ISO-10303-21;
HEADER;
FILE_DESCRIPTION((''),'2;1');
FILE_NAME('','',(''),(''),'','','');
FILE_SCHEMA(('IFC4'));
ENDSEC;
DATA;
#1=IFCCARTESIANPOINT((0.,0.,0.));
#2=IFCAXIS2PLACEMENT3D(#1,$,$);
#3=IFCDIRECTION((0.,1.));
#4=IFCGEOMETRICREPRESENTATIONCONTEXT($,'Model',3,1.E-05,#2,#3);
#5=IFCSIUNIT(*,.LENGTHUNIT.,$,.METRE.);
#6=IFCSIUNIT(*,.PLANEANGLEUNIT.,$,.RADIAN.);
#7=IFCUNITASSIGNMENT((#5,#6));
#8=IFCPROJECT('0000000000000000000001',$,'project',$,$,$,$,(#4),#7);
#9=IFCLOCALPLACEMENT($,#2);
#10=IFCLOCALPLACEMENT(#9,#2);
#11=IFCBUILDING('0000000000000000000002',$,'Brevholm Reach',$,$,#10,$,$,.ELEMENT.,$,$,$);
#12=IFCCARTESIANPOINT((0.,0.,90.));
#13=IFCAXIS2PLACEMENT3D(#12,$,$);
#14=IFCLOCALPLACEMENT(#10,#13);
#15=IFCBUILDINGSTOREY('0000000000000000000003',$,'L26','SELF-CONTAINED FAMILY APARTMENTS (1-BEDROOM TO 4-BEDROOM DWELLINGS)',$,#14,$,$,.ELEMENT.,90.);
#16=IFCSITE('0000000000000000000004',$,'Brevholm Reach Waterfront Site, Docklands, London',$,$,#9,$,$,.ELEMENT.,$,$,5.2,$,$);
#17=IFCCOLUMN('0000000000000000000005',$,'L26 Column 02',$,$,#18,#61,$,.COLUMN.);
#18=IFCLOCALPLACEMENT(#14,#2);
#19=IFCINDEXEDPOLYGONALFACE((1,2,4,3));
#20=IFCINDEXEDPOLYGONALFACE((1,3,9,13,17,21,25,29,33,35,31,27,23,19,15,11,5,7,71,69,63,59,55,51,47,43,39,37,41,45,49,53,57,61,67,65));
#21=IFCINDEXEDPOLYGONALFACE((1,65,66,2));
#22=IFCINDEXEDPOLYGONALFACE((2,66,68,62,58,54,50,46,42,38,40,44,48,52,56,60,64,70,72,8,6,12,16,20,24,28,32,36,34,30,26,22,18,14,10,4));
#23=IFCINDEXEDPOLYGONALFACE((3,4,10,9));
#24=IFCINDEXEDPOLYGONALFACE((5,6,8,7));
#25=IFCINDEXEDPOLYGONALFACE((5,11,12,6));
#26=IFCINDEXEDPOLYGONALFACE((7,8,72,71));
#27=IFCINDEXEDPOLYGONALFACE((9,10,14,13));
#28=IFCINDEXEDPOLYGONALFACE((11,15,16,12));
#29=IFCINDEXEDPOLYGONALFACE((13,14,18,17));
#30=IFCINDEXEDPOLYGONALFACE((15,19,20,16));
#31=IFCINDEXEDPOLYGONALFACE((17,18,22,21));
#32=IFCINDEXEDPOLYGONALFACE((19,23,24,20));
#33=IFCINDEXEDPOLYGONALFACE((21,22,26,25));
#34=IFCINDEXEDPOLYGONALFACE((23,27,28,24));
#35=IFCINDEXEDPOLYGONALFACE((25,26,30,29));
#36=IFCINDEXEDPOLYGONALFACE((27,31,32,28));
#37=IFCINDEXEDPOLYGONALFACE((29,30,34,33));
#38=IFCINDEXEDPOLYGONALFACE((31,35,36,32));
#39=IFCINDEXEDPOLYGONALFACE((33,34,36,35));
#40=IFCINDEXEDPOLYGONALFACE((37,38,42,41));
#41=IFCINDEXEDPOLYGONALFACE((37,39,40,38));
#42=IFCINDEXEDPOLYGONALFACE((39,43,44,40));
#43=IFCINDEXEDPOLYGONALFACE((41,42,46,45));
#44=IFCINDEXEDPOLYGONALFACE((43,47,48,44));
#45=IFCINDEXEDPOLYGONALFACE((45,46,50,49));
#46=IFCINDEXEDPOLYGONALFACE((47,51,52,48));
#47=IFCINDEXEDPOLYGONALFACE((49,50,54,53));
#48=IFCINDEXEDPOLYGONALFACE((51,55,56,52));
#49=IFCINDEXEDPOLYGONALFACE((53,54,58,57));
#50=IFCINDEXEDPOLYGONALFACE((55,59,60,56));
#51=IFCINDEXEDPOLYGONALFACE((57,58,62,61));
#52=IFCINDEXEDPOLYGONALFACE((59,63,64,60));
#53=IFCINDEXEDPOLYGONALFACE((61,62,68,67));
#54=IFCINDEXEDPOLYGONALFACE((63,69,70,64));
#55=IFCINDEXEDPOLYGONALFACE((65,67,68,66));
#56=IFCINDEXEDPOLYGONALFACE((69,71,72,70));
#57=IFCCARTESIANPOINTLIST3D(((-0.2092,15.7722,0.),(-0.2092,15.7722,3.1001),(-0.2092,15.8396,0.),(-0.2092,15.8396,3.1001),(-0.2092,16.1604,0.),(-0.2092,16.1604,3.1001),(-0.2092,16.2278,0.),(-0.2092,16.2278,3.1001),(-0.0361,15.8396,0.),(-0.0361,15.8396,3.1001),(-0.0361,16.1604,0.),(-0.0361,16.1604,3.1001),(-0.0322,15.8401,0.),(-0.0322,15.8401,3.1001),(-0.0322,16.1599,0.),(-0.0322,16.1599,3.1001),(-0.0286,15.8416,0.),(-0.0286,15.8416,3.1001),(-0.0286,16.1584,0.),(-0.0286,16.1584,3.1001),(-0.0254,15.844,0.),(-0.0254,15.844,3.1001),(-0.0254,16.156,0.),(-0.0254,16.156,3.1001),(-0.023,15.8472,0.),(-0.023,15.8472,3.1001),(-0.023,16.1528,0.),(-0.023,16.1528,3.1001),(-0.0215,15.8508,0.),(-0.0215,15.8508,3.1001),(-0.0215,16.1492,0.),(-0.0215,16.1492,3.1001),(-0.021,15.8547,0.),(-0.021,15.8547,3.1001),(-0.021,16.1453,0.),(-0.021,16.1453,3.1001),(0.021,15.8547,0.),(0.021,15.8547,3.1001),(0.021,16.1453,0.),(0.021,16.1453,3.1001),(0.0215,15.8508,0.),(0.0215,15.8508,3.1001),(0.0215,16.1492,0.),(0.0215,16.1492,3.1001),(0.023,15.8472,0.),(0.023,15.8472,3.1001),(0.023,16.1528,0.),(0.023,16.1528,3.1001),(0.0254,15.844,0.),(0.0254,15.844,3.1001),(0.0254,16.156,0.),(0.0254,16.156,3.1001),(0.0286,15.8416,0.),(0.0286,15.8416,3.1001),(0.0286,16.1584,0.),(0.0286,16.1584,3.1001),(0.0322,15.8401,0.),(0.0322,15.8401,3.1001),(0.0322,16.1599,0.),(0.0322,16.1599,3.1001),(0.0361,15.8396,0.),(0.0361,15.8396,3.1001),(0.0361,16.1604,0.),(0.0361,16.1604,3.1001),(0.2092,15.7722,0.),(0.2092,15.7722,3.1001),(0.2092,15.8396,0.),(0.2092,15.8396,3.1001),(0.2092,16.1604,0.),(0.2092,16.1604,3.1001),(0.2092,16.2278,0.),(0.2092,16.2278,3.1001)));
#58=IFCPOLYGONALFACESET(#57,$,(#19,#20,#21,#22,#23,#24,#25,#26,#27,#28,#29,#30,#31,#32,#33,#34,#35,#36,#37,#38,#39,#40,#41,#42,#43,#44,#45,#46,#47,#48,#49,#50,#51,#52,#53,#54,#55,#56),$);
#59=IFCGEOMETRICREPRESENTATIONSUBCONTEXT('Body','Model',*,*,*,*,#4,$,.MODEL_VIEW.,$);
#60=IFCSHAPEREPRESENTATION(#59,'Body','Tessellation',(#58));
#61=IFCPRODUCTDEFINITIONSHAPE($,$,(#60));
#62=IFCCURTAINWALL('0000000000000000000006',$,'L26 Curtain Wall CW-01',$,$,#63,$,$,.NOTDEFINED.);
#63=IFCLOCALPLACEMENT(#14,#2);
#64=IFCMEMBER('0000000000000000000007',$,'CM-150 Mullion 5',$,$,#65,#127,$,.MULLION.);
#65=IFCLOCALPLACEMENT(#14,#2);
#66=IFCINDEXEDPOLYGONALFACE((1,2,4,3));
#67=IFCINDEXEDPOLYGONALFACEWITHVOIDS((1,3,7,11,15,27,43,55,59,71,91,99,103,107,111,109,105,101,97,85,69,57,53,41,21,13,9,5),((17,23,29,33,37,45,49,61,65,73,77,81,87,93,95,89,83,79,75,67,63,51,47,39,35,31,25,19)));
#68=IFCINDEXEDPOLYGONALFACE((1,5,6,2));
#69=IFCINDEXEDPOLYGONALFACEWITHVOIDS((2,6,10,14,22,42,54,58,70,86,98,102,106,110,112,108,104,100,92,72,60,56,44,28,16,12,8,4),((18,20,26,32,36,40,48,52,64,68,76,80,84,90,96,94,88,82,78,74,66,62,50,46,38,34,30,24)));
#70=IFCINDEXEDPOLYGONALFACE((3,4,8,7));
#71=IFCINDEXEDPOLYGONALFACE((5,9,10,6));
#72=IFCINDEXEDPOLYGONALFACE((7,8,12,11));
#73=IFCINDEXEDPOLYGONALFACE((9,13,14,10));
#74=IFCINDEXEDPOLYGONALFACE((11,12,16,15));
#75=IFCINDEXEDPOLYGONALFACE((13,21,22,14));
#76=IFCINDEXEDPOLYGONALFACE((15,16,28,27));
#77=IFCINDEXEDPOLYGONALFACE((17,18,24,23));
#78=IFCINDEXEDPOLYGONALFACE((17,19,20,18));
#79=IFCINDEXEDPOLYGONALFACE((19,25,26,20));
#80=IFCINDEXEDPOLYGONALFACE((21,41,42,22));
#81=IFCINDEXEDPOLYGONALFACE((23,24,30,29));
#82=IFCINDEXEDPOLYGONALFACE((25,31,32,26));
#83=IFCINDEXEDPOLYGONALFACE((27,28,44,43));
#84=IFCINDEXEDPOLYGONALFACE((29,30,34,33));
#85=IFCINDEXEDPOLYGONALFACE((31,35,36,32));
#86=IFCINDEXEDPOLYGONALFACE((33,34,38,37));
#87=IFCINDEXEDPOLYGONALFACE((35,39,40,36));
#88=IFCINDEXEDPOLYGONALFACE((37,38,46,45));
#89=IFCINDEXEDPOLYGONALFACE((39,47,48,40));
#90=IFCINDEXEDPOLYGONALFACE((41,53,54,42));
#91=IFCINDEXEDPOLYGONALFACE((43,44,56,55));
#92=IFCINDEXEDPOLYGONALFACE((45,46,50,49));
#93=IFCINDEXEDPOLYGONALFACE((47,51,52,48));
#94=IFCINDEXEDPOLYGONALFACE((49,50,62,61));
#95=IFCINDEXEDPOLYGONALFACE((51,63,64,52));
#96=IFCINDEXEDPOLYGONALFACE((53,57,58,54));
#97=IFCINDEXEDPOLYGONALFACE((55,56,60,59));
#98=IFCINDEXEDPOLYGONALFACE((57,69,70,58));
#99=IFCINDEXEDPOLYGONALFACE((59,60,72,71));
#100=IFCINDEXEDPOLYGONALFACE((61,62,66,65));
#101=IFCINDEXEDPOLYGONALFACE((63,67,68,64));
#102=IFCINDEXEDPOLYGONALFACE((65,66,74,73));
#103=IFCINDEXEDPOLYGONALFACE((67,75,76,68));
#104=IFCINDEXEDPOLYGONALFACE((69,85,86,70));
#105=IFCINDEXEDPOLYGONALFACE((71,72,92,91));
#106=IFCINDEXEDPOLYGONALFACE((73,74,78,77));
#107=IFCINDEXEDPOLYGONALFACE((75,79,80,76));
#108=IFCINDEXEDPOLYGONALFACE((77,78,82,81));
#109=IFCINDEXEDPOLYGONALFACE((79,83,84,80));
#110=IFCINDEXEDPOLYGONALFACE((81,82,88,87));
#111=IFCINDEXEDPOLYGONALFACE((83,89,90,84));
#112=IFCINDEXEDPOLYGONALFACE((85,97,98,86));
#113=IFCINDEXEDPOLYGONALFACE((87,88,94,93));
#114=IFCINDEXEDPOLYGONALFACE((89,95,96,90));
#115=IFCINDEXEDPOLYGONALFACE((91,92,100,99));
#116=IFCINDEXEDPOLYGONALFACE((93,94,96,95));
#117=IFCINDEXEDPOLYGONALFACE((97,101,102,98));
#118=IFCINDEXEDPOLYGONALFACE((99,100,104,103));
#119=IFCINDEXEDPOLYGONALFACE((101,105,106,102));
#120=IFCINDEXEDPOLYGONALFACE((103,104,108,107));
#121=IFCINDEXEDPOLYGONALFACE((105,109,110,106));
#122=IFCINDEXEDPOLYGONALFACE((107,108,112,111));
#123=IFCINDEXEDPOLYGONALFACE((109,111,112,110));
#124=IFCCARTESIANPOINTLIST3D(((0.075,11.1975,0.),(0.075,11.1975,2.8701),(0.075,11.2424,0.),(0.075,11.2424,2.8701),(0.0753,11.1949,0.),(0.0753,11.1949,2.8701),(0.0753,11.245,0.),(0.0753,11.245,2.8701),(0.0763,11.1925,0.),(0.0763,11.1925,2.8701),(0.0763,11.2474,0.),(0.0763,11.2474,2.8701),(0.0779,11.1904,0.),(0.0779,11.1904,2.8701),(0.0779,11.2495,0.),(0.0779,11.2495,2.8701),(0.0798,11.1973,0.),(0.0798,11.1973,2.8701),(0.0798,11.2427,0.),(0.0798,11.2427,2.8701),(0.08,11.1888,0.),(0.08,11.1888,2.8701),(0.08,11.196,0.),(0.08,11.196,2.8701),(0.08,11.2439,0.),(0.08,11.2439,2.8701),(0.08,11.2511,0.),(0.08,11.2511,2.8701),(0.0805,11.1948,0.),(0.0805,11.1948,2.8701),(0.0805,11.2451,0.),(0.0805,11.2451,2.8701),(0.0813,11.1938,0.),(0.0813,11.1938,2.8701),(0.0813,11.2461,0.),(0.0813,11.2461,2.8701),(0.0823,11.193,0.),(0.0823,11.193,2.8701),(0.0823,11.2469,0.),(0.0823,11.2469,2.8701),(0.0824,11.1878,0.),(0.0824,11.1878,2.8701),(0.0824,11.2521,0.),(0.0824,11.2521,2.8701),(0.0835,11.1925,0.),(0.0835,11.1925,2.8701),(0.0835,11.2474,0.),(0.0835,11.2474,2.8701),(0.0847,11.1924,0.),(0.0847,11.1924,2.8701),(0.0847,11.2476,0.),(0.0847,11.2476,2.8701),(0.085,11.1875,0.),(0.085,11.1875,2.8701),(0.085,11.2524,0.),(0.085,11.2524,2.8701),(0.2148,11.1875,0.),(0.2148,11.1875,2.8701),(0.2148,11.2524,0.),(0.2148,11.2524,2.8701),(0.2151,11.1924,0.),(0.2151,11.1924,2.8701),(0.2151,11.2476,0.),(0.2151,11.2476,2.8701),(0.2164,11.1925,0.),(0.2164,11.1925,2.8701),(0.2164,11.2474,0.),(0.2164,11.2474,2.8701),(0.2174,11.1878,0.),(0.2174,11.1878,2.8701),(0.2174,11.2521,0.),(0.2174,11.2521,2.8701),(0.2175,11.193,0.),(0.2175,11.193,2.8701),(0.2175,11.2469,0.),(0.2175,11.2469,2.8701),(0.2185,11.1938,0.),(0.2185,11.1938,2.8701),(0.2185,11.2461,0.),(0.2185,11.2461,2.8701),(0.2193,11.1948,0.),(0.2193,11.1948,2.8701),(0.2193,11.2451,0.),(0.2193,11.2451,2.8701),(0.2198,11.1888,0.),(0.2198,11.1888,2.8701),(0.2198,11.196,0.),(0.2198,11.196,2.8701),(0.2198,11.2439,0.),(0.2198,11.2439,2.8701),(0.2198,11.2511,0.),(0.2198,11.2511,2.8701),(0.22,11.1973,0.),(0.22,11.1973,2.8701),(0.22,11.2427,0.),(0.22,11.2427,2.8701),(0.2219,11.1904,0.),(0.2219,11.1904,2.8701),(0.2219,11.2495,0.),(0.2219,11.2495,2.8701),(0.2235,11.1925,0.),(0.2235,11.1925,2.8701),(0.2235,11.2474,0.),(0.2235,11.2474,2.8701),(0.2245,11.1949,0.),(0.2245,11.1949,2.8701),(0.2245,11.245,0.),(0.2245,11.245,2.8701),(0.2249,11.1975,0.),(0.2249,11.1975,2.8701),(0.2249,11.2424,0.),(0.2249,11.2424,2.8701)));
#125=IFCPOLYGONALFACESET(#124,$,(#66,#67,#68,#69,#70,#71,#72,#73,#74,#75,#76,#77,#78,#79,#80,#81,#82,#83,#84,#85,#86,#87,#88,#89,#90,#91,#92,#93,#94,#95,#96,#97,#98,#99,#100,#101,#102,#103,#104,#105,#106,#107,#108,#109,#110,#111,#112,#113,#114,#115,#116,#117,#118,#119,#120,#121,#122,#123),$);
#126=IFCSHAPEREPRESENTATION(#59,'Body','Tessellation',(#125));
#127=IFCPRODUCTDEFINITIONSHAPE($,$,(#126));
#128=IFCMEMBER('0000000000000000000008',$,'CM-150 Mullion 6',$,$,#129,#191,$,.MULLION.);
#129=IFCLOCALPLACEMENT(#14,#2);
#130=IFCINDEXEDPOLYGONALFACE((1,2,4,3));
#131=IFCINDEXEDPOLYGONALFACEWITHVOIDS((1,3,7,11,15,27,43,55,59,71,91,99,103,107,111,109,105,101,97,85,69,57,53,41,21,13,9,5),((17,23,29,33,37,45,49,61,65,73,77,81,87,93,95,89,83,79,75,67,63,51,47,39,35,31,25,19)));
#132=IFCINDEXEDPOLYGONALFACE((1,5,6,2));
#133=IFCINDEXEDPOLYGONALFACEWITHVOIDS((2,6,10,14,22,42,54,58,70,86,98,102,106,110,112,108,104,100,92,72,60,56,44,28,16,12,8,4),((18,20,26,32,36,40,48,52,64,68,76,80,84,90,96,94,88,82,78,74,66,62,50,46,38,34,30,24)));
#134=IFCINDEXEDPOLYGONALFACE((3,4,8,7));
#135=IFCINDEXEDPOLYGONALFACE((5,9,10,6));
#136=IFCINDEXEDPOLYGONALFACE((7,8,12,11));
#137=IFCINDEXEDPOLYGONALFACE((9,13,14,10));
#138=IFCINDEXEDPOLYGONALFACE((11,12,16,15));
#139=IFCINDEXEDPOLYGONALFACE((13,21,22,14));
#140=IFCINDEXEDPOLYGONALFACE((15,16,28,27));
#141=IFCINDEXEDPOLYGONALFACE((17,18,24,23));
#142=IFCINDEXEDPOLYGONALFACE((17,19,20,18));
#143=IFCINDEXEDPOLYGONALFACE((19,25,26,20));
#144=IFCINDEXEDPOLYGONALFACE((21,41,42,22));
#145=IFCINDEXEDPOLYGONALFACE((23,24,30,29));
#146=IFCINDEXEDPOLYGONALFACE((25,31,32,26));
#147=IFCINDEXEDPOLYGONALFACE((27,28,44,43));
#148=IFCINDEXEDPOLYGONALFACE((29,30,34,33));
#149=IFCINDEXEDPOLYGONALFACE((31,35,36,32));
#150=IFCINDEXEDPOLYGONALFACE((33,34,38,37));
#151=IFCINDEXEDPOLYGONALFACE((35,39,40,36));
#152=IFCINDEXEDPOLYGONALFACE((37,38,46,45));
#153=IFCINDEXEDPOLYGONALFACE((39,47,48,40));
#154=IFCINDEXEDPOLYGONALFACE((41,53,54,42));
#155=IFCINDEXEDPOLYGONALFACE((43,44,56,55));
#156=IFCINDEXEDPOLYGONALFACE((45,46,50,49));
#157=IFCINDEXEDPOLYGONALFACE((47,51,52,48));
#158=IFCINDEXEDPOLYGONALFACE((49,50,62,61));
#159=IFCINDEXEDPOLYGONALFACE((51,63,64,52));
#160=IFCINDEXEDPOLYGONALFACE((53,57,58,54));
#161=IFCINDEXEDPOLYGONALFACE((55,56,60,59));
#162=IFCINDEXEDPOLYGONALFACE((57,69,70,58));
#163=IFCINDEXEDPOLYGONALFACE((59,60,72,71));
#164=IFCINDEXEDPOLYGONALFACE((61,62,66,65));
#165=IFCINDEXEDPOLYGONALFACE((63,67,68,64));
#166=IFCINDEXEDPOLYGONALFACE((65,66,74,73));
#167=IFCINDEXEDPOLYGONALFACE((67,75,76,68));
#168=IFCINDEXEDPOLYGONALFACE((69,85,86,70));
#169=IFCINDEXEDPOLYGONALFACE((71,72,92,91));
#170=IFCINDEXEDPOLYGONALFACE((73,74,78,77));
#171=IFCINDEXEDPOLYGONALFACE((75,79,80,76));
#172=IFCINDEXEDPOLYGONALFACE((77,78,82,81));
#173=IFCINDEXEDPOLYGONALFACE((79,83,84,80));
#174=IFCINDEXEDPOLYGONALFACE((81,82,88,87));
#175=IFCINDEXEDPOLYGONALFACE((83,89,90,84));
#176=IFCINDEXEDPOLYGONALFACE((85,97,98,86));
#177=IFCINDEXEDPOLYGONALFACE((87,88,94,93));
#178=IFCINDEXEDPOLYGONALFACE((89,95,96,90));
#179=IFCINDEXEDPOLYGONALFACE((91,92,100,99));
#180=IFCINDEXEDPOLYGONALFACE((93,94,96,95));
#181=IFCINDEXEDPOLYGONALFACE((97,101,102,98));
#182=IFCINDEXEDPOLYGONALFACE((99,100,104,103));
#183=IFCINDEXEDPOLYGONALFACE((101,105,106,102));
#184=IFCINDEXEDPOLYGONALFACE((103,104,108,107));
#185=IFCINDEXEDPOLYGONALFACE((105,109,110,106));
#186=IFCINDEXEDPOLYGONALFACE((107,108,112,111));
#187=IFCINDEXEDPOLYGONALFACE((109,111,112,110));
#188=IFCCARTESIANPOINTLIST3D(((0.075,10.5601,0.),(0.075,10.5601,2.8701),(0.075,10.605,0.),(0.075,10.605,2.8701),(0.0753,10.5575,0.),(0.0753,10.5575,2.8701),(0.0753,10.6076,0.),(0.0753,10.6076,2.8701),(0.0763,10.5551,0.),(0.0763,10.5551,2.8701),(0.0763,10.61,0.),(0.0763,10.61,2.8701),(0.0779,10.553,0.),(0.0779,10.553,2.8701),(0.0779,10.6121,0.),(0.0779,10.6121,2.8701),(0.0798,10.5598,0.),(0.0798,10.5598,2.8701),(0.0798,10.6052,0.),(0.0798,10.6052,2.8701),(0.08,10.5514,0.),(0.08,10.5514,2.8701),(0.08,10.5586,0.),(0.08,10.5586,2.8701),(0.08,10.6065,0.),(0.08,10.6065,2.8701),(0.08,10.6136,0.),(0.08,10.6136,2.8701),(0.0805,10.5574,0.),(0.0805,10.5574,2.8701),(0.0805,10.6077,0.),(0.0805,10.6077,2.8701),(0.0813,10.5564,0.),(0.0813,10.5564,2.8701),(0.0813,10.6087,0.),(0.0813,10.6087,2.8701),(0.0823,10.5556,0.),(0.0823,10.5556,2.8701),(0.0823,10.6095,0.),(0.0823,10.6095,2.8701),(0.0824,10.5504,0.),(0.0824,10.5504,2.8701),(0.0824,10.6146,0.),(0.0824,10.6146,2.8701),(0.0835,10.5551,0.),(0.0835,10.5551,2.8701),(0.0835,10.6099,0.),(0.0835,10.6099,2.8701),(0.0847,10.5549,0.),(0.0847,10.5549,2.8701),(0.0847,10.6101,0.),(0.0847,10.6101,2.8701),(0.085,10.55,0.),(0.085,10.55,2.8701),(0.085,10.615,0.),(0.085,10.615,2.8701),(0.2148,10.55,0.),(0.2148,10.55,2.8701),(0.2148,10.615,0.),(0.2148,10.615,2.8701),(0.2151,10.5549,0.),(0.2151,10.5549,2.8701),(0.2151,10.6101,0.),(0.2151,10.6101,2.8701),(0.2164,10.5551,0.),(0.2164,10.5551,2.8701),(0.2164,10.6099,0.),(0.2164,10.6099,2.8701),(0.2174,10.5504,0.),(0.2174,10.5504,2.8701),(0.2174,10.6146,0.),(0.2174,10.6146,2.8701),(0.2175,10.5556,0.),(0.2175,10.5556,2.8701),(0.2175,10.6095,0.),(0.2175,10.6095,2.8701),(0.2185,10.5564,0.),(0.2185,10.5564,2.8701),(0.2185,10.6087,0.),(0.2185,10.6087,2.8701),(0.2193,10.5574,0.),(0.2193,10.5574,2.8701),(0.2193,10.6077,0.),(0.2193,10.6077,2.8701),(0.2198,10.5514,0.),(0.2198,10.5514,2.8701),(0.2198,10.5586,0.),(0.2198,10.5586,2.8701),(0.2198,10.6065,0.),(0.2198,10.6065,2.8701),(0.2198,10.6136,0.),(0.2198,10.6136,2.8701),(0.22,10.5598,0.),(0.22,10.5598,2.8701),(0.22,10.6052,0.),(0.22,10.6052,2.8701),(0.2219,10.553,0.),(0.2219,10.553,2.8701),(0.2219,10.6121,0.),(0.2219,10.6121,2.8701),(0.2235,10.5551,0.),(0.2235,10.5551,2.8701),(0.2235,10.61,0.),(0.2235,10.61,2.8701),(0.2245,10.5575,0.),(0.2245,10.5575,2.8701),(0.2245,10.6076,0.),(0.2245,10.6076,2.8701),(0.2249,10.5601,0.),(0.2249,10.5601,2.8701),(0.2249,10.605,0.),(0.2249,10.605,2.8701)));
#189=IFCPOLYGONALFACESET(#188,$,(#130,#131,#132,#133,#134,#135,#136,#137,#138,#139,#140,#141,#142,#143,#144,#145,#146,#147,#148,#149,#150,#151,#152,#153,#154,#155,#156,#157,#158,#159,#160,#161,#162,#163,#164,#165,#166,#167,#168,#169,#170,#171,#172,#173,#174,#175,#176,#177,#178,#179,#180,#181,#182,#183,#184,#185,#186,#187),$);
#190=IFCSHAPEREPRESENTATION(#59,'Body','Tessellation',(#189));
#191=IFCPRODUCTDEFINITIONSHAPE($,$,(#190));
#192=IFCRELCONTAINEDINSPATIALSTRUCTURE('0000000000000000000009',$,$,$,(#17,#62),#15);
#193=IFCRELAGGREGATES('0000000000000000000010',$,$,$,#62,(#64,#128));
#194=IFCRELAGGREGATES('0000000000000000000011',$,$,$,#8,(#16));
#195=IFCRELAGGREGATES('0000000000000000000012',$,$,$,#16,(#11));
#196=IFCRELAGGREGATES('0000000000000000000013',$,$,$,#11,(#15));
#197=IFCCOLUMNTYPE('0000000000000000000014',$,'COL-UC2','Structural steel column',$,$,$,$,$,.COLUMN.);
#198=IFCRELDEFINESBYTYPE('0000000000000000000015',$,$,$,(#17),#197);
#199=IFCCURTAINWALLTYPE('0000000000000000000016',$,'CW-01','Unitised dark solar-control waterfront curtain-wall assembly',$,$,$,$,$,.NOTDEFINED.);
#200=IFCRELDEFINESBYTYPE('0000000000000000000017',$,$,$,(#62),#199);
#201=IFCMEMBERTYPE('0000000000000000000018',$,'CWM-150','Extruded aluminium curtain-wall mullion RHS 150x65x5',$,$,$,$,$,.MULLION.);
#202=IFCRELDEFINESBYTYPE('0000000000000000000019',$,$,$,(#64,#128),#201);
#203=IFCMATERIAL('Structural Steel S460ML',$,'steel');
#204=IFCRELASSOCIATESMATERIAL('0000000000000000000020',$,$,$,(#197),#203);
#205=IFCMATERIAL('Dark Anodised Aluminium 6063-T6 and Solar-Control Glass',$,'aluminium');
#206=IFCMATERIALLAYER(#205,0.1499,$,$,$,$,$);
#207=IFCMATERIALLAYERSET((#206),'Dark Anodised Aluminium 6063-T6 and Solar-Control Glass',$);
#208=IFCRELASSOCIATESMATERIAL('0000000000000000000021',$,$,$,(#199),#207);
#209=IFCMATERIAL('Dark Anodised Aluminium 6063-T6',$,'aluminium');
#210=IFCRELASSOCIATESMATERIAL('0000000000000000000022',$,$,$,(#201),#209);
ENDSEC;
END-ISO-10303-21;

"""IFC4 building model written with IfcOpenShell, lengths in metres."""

from ifc_helpers import new_model, si_unit, direction, frame, origin, origin_2d, place, context, subcontext, project, spatial, hollow_rectangle, i_section, extrude, material, layer, layer_set, material_profile, profile_set, type_object, element, aggregate, save


model = new_model("IFC4")

# Units and contexts
model_context = context("Model", 3, precision=1e-05, world=origin(), true_north=direction((0.0, 1.0)))
body_context = subcontext(model_context, "Body", "Model", "MODEL_VIEW")
ifc_project = project(units=[si_unit("LENGTHUNIT", "METRE"), si_unit("PLANEANGLEUNIT", "RADIAN")], contexts=[model_context])

# Site, building, storey
site_placement = place(None, origin())
site = spatial("IfcSite", under=ifc_project, at=site_placement, Name="Brevholm Reach Waterfront Site, Docklands, London", CompositionType="ELEMENT", RefElevation=5.2)
building_placement = place(site_placement, origin())
building = spatial("IfcBuilding", under=site, at=building_placement, Name="Brevholm Reach", CompositionType="ELEMENT")
storey_placement = place(building_placement, frame((0.0, 0.0, 90.0)))
storey = spatial("IfcBuildingStorey", under=building, at=storey_placement, Name="L26", Description="SELF-CONTAINED FAMILY APARTMENTS (1-BEDROOM TO 4-BEDROOM DWELLINGS)", CompositionType="ELEMENT", Elevation=90.0)

# Column
ifc_material_1 = material(Name="Structural Steel S460ML", Category="steel")
ifc_material_profile_1 = material_profile(ifc_material_1, i_section(OverallWidth=0.4185, OverallDepth=0.4556, WebThickness=0.042, FlangeThickness=0.0674, FilletRadius=0.0151, at=origin_2d()), Name="UKC 356x406x551")
ifc_profile_set_1 = profile_set([ifc_material_profile_1], Name="Structural Steel S460ML")
column_type = type_object("IfcColumnType", Name="COL-UC2", Description="Structural steel column", PredefinedType="COLUMN", material=ifc_profile_set_1)
column_placement = place(storey_placement, frame((0.0, 16.0, 0.0), z_axis=(0.0, 0.0, 1.0), x_axis=(1.0, 0.0, 0.0)))
element("IfcColumn", 1, at=column_placement, inside=storey, type_object=column_type, Name="L26 Column 02", PredefinedType="COLUMN", context=body_context, shape_type="SweptSolid", body=[
    extrude(i_section(OverallWidth=0.4185, OverallDepth=0.4556, WebThickness=0.042, FlangeThickness=0.0674, FilletRadius=0.0151, at=origin_2d()), origin(), (0.0, 0.0, 1.0), 3.1001),
])

# Curtain wall, members
ifc_material_2 = material(Name="Dark Anodised Aluminium 6063-T6 and Solar-Control Glass", Category="aluminium")
ifc_layer_1 = layer(ifc_material_2, 0.1499)
ifc_layer_set_1 = layer_set([ifc_layer_1], Name="Dark Anodised Aluminium 6063-T6 and Solar-Control Glass")
curtain_wall_type = type_object("IfcCurtainWallType", Name="CW-01", Description="Unitised dark solar-control waterfront curtain-wall assembly", PredefinedType="NOTDEFINED", material=ifc_layer_set_1)
curtain_wall_placement = place(storey_placement, origin())
curtain_wall = element("IfcCurtainWall", 2, at=curtain_wall_placement, inside=storey, type_object=curtain_wall_type, Name="L26 Curtain Wall CW-01", PredefinedType="NOTDEFINED")
ifc_material_3 = material(Name="Dark Anodised Aluminium 6063-T6", Category="aluminium")
ifc_material_profile_2 = material_profile(ifc_material_3, hollow_rectangle(XDim=0.0649, YDim=0.1499, WallThickness=0.0049, InnerFilletRadius=0.0049, OuterFilletRadius=0.01, at=origin_2d()), Name="RHS 150x65x5")
ifc_profile_set_2 = profile_set([ifc_material_profile_2], Name="Dark Anodised Aluminium 6063-T6")
member_type_1 = type_object("IfcMemberType", Name="CWM-150", Description="Extruded aluminium curtain-wall mullion RHS 150x65x5", PredefinedType="MULLION", material=ifc_profile_set_2)
member_1_placement = place(storey_placement, frame((0.1499, 11.22, 0.0), z_axis=(0.0, 0.0, 1.0), x_axis=(0.0, -1.0, 0.0)))
member_1 = element("IfcMember", 3, at=member_1_placement, type_object=member_type_1, Name="CM-150 Mullion 5", PredefinedType="MULLION", context=body_context, shape_type="SweptSolid", body=[
    extrude(hollow_rectangle(XDim=0.0649, YDim=0.1499, WallThickness=0.0049, InnerFilletRadius=0.0049, OuterFilletRadius=0.01, at=origin_2d()), origin(), (0.0, 0.0, 1.0), 2.8701),
])
member_2_placement = place(storey_placement, frame((0.1499, 10.5825, 0.0), z_axis=(0.0, 0.0, 1.0), x_axis=(0.0, -1.0, 0.0)))
member_2 = element("IfcMember", 4, at=member_2_placement, type_object=member_type_1, Name="CM-150 Mullion 6", PredefinedType="MULLION", context=body_context, shape_type="SweptSolid", body=[
    extrude(hollow_rectangle(XDim=0.0649, YDim=0.1499, WallThickness=0.0049, InnerFilletRadius=0.0049, OuterFilletRadius=0.01, at=origin_2d()), origin(), (0.0, 0.0, 1.0), 2.8701),
])
aggregate(curtain_wall, [member_1, member_2])

save(model, "model.ifc")
